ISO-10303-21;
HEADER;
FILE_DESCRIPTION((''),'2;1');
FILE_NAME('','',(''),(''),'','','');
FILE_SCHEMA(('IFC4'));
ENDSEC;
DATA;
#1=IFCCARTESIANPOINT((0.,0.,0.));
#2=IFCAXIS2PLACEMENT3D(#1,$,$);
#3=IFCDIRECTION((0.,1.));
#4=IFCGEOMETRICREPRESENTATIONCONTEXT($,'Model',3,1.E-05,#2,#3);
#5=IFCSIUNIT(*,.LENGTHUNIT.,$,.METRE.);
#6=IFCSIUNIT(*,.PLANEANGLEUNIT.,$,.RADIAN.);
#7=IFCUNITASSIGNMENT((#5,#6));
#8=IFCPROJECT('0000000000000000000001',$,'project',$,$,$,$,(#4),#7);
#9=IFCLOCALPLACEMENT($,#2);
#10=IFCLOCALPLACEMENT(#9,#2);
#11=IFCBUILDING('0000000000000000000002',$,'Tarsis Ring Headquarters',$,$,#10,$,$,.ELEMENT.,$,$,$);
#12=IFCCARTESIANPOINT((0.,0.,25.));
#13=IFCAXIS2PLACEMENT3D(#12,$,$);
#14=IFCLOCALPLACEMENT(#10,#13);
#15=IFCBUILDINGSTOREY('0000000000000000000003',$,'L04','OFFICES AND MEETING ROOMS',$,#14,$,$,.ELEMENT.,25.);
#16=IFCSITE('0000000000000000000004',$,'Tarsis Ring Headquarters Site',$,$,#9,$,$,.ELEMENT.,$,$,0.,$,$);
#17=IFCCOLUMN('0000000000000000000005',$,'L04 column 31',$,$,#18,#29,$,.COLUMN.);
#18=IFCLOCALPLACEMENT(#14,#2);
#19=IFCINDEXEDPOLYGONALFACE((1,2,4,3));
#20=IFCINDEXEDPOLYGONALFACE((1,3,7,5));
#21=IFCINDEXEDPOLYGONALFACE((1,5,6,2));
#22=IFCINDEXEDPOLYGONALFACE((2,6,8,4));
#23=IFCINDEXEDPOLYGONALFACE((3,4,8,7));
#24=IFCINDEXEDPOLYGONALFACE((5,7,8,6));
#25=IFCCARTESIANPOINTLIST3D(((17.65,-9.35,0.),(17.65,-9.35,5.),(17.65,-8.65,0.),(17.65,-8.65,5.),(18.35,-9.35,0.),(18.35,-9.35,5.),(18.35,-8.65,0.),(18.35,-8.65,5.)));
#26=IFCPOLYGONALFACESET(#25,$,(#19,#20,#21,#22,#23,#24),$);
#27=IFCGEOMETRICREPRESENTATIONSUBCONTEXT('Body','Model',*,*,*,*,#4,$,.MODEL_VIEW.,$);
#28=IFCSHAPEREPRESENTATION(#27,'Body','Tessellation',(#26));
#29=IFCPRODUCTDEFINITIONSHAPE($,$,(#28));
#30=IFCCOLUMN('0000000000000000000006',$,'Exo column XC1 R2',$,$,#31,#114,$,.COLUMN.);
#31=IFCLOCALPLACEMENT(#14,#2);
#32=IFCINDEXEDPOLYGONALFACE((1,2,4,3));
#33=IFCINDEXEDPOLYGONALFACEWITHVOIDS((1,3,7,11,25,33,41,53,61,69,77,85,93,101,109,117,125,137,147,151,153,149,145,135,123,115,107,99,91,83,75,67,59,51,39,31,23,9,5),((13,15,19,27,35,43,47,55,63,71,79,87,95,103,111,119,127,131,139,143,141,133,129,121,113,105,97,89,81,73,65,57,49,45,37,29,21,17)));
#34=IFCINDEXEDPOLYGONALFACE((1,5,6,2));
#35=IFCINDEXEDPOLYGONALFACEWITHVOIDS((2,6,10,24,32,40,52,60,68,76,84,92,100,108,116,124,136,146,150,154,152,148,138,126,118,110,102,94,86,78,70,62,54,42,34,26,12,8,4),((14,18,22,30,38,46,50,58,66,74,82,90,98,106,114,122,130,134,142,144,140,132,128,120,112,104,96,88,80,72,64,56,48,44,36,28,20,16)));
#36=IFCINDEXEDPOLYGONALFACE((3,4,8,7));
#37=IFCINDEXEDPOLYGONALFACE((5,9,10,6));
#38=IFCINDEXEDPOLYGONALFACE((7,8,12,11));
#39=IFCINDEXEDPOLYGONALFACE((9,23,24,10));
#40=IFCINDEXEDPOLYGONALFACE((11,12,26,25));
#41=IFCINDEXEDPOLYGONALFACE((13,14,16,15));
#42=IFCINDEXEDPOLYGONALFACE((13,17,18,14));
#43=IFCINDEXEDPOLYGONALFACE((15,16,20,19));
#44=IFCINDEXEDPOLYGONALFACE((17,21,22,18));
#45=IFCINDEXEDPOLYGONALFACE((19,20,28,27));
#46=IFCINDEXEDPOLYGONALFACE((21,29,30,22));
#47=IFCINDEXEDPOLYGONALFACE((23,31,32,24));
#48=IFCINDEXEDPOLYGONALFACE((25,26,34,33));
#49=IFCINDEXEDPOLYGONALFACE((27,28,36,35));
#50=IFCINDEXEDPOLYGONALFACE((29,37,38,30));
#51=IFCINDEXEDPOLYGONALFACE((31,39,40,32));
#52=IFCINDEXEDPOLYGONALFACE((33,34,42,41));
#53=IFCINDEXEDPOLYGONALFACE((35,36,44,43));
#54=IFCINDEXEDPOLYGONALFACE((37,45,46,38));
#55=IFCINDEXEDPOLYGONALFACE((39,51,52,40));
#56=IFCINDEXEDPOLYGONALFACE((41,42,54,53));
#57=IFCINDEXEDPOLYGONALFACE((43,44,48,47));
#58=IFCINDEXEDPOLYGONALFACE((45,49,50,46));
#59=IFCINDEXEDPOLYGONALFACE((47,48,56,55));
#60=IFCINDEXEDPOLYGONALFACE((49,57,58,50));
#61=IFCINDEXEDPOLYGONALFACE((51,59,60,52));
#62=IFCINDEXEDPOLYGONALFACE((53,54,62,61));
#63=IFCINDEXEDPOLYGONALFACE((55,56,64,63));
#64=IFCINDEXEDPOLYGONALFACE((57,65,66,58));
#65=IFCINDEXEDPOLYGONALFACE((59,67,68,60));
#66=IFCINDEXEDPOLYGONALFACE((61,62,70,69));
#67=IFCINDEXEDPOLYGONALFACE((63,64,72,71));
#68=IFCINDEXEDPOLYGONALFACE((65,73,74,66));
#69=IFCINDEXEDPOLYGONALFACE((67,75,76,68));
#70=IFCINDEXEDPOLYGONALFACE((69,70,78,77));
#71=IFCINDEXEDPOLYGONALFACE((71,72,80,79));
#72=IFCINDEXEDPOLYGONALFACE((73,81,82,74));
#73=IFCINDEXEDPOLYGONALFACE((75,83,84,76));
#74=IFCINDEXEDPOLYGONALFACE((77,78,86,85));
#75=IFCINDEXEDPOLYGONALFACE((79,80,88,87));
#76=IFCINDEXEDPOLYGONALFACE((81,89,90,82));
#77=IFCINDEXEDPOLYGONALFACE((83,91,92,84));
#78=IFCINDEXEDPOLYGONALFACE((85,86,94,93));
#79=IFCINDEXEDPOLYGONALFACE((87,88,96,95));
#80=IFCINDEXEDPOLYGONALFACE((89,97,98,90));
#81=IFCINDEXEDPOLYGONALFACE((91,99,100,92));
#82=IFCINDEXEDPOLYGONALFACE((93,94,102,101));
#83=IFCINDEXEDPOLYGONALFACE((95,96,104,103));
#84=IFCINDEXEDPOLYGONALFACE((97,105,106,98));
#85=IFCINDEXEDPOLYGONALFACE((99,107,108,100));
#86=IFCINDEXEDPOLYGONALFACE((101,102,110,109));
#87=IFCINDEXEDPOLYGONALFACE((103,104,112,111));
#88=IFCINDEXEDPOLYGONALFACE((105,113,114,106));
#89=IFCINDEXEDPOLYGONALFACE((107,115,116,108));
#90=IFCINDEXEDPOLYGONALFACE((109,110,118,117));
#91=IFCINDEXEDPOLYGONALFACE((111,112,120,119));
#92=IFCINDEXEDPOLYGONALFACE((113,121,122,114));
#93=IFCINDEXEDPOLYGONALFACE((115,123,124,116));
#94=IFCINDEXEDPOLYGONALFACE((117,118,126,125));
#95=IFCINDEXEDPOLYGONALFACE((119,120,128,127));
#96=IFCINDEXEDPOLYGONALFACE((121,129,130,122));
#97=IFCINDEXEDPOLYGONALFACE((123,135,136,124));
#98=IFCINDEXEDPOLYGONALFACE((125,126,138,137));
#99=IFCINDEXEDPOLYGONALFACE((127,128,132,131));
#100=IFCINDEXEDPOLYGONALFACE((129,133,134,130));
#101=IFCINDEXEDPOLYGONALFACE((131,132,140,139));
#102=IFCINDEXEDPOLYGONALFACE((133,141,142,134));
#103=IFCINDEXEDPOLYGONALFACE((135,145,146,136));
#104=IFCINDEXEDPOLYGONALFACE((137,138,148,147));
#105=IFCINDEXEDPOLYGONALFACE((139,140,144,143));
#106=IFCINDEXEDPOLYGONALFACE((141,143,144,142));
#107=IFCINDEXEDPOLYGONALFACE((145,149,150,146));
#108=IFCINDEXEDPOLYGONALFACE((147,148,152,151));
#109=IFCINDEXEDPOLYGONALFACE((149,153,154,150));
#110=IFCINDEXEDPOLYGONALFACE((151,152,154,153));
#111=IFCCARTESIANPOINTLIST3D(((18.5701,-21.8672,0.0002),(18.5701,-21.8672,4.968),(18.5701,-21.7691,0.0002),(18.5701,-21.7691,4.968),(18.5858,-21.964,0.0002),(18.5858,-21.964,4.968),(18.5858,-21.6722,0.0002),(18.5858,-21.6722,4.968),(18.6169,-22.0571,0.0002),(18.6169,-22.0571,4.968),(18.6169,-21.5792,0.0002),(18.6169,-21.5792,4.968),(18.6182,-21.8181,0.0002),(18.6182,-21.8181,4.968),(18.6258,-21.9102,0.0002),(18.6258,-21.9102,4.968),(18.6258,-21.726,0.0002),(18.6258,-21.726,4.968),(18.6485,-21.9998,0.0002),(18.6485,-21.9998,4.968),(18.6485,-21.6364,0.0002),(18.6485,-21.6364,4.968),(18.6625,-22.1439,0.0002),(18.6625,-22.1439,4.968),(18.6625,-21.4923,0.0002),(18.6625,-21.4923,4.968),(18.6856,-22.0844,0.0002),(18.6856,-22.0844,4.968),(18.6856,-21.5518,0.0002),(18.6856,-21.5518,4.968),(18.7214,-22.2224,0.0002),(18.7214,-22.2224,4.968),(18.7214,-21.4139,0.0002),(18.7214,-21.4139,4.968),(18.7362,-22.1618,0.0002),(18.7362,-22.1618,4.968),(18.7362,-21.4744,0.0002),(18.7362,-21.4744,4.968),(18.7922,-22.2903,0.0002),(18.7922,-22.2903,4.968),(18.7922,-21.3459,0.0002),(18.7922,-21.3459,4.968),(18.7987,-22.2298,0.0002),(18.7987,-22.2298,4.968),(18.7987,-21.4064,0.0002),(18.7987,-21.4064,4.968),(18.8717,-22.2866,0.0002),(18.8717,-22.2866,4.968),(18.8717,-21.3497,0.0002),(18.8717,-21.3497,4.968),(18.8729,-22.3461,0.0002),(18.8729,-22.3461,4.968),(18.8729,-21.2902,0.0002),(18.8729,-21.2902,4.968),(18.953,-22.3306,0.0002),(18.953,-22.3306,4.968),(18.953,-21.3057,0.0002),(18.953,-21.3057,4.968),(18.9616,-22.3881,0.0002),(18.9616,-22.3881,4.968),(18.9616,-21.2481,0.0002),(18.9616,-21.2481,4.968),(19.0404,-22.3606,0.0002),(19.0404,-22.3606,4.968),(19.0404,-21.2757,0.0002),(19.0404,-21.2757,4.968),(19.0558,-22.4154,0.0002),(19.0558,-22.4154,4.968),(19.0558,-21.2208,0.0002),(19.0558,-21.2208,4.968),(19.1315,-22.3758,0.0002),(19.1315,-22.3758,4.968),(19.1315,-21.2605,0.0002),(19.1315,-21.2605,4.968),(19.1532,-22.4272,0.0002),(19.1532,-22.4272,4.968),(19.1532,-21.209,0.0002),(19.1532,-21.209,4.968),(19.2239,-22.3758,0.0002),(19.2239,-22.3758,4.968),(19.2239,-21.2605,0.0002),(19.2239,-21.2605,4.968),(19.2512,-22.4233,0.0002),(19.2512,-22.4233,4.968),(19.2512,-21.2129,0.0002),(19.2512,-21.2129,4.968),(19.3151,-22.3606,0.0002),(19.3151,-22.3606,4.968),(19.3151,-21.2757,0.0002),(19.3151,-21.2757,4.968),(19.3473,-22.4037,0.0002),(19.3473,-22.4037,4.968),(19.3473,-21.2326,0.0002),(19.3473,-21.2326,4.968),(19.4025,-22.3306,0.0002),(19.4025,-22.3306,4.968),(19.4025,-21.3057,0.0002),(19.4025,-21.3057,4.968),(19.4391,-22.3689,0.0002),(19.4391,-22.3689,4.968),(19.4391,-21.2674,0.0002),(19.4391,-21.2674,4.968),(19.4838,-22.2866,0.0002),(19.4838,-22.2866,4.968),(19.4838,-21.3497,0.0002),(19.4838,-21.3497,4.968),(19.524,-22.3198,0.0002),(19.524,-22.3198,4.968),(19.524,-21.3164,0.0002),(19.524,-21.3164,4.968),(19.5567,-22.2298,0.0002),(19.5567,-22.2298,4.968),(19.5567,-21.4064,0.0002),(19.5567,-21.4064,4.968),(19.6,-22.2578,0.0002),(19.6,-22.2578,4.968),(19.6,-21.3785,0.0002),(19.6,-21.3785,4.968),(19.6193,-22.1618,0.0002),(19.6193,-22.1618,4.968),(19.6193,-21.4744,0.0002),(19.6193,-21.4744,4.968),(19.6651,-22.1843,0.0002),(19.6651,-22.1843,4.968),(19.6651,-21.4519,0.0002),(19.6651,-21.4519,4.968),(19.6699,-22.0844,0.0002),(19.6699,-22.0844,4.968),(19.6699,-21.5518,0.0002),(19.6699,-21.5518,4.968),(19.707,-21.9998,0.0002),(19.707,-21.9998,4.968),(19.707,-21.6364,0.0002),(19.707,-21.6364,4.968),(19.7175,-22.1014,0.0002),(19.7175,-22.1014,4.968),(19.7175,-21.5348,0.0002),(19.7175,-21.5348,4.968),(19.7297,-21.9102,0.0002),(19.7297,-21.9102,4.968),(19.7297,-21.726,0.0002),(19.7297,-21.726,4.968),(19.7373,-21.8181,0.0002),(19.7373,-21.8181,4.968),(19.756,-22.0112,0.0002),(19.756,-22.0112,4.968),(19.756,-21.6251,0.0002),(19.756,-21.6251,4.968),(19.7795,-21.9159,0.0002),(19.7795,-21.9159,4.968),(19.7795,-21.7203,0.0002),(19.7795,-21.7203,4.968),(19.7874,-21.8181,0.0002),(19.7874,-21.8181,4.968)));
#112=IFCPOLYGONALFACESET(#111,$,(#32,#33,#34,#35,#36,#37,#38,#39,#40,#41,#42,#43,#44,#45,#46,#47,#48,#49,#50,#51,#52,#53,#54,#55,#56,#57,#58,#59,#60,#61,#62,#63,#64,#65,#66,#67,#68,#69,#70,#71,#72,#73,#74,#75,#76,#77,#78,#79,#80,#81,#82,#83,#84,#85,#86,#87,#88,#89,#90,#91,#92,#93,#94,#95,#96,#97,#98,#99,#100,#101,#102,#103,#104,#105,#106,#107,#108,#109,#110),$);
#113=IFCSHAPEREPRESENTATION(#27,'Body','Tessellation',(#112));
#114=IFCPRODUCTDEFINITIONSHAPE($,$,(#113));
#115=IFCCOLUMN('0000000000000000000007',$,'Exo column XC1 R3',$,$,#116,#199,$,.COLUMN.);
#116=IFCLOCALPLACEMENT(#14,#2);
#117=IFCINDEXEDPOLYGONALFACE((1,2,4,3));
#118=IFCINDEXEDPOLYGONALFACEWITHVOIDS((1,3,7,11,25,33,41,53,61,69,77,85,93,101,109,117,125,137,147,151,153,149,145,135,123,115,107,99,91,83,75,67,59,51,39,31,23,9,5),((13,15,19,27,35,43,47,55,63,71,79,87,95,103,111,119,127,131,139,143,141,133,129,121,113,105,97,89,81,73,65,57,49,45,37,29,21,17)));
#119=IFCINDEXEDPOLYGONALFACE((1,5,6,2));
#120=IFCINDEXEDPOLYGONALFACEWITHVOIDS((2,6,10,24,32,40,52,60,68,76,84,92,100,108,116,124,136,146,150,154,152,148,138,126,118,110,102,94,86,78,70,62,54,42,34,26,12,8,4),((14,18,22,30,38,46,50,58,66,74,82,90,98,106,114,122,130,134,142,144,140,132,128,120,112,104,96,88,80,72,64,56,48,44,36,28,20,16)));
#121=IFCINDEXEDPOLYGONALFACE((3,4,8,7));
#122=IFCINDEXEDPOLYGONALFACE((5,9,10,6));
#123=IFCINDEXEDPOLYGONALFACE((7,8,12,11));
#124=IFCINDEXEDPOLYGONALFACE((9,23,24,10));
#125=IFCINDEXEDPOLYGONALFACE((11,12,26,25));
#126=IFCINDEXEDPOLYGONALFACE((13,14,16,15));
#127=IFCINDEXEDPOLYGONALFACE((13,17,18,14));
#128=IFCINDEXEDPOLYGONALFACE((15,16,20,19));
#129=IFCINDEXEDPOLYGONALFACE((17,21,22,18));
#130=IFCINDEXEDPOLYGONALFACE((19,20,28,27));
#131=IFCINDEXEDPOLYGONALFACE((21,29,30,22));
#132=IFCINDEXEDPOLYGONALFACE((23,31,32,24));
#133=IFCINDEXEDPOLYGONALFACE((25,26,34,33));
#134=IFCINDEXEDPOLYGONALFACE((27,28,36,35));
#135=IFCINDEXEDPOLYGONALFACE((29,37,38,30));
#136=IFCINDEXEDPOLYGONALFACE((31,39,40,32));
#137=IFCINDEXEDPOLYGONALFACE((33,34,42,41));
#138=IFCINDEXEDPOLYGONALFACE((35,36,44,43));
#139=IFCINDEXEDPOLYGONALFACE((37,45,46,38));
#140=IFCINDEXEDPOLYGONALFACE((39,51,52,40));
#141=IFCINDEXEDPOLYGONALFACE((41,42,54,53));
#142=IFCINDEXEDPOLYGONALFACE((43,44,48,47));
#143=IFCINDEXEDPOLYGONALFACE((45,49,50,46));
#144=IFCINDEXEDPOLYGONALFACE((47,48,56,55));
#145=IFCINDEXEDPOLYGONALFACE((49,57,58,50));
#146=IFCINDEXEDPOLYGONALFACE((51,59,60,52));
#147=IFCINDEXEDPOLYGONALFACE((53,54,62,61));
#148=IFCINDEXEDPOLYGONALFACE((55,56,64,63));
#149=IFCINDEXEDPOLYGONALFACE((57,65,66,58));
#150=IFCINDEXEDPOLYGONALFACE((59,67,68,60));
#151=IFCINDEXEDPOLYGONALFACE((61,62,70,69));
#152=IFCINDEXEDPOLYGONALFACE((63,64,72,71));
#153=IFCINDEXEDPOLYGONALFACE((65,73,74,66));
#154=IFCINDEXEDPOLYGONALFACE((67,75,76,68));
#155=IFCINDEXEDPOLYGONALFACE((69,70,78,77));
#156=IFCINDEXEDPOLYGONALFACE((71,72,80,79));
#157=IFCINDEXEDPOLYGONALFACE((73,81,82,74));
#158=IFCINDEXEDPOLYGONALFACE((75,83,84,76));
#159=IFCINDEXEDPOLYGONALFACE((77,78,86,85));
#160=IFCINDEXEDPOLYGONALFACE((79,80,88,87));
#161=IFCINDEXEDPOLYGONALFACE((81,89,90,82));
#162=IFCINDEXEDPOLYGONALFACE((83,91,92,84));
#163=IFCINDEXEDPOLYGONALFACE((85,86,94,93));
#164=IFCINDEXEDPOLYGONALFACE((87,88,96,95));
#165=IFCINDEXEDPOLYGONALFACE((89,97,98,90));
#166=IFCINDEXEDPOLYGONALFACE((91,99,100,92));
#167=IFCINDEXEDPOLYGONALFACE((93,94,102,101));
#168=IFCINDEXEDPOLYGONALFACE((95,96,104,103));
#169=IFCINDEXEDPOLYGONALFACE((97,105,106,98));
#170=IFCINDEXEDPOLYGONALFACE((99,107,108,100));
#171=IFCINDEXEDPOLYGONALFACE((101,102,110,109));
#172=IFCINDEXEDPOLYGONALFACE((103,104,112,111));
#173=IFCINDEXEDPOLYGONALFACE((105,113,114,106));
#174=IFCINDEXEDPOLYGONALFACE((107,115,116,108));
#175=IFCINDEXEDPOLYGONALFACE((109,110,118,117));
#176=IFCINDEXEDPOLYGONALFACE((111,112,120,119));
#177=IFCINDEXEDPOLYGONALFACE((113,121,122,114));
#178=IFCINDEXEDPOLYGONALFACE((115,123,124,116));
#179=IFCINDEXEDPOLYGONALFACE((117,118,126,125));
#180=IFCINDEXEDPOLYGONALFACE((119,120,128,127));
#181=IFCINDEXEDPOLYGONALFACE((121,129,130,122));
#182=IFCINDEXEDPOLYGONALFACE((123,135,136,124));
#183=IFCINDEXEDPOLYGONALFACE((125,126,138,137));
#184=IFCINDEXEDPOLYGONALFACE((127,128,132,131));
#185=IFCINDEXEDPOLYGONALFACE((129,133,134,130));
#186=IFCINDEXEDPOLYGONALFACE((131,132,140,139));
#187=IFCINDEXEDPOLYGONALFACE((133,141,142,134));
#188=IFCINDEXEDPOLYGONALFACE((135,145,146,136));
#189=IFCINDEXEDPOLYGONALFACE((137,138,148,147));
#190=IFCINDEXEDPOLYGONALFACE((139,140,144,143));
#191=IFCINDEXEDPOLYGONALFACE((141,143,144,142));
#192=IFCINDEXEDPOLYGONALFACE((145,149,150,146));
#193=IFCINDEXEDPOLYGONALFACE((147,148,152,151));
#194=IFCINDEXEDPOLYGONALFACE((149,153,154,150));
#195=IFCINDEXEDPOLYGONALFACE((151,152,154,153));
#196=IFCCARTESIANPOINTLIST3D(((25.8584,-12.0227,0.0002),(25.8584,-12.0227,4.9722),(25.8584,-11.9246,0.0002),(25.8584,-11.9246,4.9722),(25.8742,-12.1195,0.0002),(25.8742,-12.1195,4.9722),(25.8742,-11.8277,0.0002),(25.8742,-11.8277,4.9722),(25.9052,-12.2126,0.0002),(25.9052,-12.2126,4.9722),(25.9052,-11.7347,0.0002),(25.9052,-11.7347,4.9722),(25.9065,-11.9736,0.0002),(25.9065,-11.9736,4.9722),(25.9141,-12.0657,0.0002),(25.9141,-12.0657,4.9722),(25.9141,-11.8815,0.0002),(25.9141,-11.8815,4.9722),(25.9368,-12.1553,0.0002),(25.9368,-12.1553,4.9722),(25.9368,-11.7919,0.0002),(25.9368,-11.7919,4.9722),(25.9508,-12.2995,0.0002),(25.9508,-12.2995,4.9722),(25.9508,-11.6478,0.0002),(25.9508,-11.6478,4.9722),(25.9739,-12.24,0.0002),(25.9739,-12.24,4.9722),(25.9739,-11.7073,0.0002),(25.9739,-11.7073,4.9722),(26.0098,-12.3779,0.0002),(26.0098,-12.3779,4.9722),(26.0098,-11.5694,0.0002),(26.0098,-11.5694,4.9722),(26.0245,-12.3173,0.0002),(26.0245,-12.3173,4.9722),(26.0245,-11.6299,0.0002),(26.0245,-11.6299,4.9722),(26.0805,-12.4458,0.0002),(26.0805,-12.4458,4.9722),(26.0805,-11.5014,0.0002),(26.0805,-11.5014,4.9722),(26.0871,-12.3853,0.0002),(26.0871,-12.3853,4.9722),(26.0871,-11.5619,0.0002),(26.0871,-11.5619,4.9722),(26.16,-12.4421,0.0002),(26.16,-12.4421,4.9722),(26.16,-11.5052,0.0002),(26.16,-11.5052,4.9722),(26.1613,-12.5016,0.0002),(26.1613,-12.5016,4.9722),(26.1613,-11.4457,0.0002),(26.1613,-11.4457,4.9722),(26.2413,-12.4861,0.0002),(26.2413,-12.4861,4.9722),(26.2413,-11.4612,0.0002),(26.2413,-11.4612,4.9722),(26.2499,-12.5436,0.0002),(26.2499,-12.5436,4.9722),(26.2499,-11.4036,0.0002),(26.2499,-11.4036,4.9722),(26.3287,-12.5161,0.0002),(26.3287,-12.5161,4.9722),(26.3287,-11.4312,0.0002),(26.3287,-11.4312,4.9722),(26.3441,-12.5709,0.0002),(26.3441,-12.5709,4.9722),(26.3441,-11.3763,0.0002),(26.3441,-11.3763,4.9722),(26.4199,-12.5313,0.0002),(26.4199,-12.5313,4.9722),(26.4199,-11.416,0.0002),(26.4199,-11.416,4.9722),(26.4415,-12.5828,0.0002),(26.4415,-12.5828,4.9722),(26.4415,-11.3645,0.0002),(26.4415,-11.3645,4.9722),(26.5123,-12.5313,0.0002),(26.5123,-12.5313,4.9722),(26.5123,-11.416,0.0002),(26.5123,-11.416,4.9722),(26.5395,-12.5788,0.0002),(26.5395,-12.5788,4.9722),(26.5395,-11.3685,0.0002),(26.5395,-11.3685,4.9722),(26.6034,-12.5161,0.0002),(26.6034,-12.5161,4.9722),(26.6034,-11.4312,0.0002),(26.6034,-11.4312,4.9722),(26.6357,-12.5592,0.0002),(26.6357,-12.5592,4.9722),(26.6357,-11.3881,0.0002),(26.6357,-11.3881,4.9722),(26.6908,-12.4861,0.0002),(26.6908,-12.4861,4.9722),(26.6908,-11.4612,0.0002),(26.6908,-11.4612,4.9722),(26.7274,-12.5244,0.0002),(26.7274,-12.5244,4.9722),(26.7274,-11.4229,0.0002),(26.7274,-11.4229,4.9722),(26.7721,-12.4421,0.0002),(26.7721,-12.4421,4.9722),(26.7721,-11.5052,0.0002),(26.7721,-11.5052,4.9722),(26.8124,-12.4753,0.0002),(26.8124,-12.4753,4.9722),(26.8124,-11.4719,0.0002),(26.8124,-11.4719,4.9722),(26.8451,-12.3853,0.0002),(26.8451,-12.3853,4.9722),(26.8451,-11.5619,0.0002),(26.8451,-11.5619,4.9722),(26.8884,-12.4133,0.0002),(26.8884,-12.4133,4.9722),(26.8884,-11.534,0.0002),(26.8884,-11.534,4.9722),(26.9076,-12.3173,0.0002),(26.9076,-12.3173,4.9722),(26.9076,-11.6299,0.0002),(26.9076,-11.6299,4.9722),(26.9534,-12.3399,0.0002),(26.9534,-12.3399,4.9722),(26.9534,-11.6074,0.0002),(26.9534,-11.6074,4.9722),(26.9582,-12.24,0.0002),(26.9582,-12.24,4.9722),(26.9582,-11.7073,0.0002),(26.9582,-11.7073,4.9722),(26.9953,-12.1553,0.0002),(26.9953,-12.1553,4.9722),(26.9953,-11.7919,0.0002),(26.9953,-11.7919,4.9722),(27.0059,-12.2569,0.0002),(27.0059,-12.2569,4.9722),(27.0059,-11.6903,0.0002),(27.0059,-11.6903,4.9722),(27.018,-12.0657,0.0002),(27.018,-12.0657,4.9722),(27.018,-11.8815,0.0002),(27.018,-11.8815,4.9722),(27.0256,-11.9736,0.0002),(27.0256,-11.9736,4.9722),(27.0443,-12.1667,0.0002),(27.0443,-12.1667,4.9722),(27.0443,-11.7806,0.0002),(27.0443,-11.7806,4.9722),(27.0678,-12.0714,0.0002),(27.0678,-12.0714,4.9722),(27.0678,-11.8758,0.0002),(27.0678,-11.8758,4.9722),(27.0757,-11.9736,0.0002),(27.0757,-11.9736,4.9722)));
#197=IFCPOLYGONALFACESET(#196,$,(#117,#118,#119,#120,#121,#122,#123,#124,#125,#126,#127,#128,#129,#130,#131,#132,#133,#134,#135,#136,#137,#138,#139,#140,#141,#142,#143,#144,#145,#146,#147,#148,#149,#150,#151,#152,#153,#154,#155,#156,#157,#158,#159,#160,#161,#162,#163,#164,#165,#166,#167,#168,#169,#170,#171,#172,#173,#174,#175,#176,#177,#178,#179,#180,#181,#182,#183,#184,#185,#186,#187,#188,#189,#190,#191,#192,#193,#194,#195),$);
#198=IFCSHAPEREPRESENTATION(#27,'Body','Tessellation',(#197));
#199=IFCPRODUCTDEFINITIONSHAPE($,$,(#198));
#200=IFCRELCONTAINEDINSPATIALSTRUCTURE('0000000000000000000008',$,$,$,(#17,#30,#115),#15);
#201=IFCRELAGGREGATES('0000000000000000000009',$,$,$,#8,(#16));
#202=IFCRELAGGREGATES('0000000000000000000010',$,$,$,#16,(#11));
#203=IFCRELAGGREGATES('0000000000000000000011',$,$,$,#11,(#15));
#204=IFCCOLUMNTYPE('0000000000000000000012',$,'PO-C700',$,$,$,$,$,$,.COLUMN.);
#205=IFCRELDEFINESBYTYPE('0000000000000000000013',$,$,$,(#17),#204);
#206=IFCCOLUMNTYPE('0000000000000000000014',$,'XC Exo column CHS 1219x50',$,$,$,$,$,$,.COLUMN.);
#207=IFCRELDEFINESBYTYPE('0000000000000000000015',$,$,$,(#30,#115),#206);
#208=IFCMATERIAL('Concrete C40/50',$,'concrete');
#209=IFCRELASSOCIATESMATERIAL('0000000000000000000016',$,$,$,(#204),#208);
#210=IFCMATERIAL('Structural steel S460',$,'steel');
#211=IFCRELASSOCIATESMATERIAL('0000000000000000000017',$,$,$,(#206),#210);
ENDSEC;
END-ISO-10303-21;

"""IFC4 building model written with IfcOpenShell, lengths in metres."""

from ifc_helpers import new_model, si_unit, direction, frame, origin, origin_2d, place, context, subcontext, project, spatial, rectangle, hollow_circle, extrude, material, material_profile, profile_set, type_object, element, save


model = new_model("IFC4")

# Units and contexts
model_context = context("Model", 3, precision=1e-05, world=origin(), true_north=direction((0.0, 1.0)))
body_context = subcontext(model_context, "Body", "Model", "MODEL_VIEW")
ifc_project = project(units=[si_unit("LENGTHUNIT", "METRE"), si_unit("PLANEANGLEUNIT", "RADIAN")], contexts=[model_context])

# Site, building, storey
site_placement = place(None, origin())
site = spatial("IfcSite", under=ifc_project, at=site_placement, Name="Tarsis Ring Headquarters Site", CompositionType="ELEMENT", RefElevation=0.0)
building_placement = place(site_placement, origin())
building = spatial("IfcBuilding", under=site, at=building_placement, Name="Tarsis Ring Headquarters", CompositionType="ELEMENT")
storey_placement = place(building_placement, frame((0.0, 0.0, 25.0)))
storey = spatial("IfcBuildingStorey", under=building, at=storey_placement, Name="L04", Description="OFFICES AND MEETING ROOMS", CompositionType="ELEMENT", Elevation=25.0)

# Columns
ifc_material_1 = material(Name="Concrete C40/50", Category="concrete")
ifc_material_profile_1 = material_profile(ifc_material_1, rectangle(XDim=0.7, YDim=0.7, at=origin_2d()), Name="PO-C700")
ifc_profile_set_1 = profile_set([ifc_material_profile_1], Name="Concrete C40/50")
column_type_1 = type_object("IfcColumnType", Name="PO-C700", PredefinedType="COLUMN", material=ifc_profile_set_1)
column_1_placement = place(storey_placement, frame((18.0, -9.0, 0.0), z_axis=(0.0, 0.0, 1.0), x_axis=(1.0, 0.0, 0.0)))
element("IfcColumn", 1, at=column_1_placement, inside=storey, type_object=column_type_1, Name="L04 column 31", PredefinedType="COLUMN", context=body_context, shape_type="SweptSolid", body=[
    extrude(rectangle(XDim=0.7, YDim=0.7, at=origin_2d()), origin(), (0.0, 0.0, 1.0), 5.0),
])
ifc_material_2 = material(Name="Structural steel S460", Category="steel")
ifc_material_profile_2 = material_profile(ifc_material_2, hollow_circle(Radius=0.6096, WallThickness=0.05, at=origin_2d()), Name="CHS 1219x50")
ifc_profile_set_2 = profile_set([ifc_material_profile_2], Name="Structural steel S460")
column_type_2 = type_object("IfcColumnType", Name="XC Exo column CHS 1219x50", PredefinedType="COLUMN", material=ifc_profile_set_2)
column_2_placement = place(storey_placement, frame((19.1777, -21.8181, 0.0002), z_axis=(0.0, 0.0, 1.0), x_axis=(1.0, 0.0, 0.0)))
element("IfcColumn", 2, at=column_2_placement, inside=storey, type_object=column_type_2, Name="Exo column XC1 R2", PredefinedType="COLUMN", context=body_context, shape_type="SweptSolid", body=[
    extrude(hollow_circle(Radius=0.6096, WallThickness=0.05, at=origin_2d()), origin(), (0.0, 0.0, 1.0), 4.9678),
])
column_3_placement = place(storey_placement, frame((26.4661, -11.9736, 0.0002), z_axis=(0.0, 0.0, 1.0), x_axis=(1.0, 0.0, 0.0)))
element("IfcColumn", 3, at=column_3_placement, inside=storey, type_object=column_type_2, Name="Exo column XC1 R3", PredefinedType="COLUMN", context=body_context, shape_type="SweptSolid", body=[
    extrude(hollow_circle(Radius=0.6096, WallThickness=0.05, at=origin_2d()), origin(), (0.0, 0.0, 1.0), 4.9719),
])

save(model, "model.ifc")
